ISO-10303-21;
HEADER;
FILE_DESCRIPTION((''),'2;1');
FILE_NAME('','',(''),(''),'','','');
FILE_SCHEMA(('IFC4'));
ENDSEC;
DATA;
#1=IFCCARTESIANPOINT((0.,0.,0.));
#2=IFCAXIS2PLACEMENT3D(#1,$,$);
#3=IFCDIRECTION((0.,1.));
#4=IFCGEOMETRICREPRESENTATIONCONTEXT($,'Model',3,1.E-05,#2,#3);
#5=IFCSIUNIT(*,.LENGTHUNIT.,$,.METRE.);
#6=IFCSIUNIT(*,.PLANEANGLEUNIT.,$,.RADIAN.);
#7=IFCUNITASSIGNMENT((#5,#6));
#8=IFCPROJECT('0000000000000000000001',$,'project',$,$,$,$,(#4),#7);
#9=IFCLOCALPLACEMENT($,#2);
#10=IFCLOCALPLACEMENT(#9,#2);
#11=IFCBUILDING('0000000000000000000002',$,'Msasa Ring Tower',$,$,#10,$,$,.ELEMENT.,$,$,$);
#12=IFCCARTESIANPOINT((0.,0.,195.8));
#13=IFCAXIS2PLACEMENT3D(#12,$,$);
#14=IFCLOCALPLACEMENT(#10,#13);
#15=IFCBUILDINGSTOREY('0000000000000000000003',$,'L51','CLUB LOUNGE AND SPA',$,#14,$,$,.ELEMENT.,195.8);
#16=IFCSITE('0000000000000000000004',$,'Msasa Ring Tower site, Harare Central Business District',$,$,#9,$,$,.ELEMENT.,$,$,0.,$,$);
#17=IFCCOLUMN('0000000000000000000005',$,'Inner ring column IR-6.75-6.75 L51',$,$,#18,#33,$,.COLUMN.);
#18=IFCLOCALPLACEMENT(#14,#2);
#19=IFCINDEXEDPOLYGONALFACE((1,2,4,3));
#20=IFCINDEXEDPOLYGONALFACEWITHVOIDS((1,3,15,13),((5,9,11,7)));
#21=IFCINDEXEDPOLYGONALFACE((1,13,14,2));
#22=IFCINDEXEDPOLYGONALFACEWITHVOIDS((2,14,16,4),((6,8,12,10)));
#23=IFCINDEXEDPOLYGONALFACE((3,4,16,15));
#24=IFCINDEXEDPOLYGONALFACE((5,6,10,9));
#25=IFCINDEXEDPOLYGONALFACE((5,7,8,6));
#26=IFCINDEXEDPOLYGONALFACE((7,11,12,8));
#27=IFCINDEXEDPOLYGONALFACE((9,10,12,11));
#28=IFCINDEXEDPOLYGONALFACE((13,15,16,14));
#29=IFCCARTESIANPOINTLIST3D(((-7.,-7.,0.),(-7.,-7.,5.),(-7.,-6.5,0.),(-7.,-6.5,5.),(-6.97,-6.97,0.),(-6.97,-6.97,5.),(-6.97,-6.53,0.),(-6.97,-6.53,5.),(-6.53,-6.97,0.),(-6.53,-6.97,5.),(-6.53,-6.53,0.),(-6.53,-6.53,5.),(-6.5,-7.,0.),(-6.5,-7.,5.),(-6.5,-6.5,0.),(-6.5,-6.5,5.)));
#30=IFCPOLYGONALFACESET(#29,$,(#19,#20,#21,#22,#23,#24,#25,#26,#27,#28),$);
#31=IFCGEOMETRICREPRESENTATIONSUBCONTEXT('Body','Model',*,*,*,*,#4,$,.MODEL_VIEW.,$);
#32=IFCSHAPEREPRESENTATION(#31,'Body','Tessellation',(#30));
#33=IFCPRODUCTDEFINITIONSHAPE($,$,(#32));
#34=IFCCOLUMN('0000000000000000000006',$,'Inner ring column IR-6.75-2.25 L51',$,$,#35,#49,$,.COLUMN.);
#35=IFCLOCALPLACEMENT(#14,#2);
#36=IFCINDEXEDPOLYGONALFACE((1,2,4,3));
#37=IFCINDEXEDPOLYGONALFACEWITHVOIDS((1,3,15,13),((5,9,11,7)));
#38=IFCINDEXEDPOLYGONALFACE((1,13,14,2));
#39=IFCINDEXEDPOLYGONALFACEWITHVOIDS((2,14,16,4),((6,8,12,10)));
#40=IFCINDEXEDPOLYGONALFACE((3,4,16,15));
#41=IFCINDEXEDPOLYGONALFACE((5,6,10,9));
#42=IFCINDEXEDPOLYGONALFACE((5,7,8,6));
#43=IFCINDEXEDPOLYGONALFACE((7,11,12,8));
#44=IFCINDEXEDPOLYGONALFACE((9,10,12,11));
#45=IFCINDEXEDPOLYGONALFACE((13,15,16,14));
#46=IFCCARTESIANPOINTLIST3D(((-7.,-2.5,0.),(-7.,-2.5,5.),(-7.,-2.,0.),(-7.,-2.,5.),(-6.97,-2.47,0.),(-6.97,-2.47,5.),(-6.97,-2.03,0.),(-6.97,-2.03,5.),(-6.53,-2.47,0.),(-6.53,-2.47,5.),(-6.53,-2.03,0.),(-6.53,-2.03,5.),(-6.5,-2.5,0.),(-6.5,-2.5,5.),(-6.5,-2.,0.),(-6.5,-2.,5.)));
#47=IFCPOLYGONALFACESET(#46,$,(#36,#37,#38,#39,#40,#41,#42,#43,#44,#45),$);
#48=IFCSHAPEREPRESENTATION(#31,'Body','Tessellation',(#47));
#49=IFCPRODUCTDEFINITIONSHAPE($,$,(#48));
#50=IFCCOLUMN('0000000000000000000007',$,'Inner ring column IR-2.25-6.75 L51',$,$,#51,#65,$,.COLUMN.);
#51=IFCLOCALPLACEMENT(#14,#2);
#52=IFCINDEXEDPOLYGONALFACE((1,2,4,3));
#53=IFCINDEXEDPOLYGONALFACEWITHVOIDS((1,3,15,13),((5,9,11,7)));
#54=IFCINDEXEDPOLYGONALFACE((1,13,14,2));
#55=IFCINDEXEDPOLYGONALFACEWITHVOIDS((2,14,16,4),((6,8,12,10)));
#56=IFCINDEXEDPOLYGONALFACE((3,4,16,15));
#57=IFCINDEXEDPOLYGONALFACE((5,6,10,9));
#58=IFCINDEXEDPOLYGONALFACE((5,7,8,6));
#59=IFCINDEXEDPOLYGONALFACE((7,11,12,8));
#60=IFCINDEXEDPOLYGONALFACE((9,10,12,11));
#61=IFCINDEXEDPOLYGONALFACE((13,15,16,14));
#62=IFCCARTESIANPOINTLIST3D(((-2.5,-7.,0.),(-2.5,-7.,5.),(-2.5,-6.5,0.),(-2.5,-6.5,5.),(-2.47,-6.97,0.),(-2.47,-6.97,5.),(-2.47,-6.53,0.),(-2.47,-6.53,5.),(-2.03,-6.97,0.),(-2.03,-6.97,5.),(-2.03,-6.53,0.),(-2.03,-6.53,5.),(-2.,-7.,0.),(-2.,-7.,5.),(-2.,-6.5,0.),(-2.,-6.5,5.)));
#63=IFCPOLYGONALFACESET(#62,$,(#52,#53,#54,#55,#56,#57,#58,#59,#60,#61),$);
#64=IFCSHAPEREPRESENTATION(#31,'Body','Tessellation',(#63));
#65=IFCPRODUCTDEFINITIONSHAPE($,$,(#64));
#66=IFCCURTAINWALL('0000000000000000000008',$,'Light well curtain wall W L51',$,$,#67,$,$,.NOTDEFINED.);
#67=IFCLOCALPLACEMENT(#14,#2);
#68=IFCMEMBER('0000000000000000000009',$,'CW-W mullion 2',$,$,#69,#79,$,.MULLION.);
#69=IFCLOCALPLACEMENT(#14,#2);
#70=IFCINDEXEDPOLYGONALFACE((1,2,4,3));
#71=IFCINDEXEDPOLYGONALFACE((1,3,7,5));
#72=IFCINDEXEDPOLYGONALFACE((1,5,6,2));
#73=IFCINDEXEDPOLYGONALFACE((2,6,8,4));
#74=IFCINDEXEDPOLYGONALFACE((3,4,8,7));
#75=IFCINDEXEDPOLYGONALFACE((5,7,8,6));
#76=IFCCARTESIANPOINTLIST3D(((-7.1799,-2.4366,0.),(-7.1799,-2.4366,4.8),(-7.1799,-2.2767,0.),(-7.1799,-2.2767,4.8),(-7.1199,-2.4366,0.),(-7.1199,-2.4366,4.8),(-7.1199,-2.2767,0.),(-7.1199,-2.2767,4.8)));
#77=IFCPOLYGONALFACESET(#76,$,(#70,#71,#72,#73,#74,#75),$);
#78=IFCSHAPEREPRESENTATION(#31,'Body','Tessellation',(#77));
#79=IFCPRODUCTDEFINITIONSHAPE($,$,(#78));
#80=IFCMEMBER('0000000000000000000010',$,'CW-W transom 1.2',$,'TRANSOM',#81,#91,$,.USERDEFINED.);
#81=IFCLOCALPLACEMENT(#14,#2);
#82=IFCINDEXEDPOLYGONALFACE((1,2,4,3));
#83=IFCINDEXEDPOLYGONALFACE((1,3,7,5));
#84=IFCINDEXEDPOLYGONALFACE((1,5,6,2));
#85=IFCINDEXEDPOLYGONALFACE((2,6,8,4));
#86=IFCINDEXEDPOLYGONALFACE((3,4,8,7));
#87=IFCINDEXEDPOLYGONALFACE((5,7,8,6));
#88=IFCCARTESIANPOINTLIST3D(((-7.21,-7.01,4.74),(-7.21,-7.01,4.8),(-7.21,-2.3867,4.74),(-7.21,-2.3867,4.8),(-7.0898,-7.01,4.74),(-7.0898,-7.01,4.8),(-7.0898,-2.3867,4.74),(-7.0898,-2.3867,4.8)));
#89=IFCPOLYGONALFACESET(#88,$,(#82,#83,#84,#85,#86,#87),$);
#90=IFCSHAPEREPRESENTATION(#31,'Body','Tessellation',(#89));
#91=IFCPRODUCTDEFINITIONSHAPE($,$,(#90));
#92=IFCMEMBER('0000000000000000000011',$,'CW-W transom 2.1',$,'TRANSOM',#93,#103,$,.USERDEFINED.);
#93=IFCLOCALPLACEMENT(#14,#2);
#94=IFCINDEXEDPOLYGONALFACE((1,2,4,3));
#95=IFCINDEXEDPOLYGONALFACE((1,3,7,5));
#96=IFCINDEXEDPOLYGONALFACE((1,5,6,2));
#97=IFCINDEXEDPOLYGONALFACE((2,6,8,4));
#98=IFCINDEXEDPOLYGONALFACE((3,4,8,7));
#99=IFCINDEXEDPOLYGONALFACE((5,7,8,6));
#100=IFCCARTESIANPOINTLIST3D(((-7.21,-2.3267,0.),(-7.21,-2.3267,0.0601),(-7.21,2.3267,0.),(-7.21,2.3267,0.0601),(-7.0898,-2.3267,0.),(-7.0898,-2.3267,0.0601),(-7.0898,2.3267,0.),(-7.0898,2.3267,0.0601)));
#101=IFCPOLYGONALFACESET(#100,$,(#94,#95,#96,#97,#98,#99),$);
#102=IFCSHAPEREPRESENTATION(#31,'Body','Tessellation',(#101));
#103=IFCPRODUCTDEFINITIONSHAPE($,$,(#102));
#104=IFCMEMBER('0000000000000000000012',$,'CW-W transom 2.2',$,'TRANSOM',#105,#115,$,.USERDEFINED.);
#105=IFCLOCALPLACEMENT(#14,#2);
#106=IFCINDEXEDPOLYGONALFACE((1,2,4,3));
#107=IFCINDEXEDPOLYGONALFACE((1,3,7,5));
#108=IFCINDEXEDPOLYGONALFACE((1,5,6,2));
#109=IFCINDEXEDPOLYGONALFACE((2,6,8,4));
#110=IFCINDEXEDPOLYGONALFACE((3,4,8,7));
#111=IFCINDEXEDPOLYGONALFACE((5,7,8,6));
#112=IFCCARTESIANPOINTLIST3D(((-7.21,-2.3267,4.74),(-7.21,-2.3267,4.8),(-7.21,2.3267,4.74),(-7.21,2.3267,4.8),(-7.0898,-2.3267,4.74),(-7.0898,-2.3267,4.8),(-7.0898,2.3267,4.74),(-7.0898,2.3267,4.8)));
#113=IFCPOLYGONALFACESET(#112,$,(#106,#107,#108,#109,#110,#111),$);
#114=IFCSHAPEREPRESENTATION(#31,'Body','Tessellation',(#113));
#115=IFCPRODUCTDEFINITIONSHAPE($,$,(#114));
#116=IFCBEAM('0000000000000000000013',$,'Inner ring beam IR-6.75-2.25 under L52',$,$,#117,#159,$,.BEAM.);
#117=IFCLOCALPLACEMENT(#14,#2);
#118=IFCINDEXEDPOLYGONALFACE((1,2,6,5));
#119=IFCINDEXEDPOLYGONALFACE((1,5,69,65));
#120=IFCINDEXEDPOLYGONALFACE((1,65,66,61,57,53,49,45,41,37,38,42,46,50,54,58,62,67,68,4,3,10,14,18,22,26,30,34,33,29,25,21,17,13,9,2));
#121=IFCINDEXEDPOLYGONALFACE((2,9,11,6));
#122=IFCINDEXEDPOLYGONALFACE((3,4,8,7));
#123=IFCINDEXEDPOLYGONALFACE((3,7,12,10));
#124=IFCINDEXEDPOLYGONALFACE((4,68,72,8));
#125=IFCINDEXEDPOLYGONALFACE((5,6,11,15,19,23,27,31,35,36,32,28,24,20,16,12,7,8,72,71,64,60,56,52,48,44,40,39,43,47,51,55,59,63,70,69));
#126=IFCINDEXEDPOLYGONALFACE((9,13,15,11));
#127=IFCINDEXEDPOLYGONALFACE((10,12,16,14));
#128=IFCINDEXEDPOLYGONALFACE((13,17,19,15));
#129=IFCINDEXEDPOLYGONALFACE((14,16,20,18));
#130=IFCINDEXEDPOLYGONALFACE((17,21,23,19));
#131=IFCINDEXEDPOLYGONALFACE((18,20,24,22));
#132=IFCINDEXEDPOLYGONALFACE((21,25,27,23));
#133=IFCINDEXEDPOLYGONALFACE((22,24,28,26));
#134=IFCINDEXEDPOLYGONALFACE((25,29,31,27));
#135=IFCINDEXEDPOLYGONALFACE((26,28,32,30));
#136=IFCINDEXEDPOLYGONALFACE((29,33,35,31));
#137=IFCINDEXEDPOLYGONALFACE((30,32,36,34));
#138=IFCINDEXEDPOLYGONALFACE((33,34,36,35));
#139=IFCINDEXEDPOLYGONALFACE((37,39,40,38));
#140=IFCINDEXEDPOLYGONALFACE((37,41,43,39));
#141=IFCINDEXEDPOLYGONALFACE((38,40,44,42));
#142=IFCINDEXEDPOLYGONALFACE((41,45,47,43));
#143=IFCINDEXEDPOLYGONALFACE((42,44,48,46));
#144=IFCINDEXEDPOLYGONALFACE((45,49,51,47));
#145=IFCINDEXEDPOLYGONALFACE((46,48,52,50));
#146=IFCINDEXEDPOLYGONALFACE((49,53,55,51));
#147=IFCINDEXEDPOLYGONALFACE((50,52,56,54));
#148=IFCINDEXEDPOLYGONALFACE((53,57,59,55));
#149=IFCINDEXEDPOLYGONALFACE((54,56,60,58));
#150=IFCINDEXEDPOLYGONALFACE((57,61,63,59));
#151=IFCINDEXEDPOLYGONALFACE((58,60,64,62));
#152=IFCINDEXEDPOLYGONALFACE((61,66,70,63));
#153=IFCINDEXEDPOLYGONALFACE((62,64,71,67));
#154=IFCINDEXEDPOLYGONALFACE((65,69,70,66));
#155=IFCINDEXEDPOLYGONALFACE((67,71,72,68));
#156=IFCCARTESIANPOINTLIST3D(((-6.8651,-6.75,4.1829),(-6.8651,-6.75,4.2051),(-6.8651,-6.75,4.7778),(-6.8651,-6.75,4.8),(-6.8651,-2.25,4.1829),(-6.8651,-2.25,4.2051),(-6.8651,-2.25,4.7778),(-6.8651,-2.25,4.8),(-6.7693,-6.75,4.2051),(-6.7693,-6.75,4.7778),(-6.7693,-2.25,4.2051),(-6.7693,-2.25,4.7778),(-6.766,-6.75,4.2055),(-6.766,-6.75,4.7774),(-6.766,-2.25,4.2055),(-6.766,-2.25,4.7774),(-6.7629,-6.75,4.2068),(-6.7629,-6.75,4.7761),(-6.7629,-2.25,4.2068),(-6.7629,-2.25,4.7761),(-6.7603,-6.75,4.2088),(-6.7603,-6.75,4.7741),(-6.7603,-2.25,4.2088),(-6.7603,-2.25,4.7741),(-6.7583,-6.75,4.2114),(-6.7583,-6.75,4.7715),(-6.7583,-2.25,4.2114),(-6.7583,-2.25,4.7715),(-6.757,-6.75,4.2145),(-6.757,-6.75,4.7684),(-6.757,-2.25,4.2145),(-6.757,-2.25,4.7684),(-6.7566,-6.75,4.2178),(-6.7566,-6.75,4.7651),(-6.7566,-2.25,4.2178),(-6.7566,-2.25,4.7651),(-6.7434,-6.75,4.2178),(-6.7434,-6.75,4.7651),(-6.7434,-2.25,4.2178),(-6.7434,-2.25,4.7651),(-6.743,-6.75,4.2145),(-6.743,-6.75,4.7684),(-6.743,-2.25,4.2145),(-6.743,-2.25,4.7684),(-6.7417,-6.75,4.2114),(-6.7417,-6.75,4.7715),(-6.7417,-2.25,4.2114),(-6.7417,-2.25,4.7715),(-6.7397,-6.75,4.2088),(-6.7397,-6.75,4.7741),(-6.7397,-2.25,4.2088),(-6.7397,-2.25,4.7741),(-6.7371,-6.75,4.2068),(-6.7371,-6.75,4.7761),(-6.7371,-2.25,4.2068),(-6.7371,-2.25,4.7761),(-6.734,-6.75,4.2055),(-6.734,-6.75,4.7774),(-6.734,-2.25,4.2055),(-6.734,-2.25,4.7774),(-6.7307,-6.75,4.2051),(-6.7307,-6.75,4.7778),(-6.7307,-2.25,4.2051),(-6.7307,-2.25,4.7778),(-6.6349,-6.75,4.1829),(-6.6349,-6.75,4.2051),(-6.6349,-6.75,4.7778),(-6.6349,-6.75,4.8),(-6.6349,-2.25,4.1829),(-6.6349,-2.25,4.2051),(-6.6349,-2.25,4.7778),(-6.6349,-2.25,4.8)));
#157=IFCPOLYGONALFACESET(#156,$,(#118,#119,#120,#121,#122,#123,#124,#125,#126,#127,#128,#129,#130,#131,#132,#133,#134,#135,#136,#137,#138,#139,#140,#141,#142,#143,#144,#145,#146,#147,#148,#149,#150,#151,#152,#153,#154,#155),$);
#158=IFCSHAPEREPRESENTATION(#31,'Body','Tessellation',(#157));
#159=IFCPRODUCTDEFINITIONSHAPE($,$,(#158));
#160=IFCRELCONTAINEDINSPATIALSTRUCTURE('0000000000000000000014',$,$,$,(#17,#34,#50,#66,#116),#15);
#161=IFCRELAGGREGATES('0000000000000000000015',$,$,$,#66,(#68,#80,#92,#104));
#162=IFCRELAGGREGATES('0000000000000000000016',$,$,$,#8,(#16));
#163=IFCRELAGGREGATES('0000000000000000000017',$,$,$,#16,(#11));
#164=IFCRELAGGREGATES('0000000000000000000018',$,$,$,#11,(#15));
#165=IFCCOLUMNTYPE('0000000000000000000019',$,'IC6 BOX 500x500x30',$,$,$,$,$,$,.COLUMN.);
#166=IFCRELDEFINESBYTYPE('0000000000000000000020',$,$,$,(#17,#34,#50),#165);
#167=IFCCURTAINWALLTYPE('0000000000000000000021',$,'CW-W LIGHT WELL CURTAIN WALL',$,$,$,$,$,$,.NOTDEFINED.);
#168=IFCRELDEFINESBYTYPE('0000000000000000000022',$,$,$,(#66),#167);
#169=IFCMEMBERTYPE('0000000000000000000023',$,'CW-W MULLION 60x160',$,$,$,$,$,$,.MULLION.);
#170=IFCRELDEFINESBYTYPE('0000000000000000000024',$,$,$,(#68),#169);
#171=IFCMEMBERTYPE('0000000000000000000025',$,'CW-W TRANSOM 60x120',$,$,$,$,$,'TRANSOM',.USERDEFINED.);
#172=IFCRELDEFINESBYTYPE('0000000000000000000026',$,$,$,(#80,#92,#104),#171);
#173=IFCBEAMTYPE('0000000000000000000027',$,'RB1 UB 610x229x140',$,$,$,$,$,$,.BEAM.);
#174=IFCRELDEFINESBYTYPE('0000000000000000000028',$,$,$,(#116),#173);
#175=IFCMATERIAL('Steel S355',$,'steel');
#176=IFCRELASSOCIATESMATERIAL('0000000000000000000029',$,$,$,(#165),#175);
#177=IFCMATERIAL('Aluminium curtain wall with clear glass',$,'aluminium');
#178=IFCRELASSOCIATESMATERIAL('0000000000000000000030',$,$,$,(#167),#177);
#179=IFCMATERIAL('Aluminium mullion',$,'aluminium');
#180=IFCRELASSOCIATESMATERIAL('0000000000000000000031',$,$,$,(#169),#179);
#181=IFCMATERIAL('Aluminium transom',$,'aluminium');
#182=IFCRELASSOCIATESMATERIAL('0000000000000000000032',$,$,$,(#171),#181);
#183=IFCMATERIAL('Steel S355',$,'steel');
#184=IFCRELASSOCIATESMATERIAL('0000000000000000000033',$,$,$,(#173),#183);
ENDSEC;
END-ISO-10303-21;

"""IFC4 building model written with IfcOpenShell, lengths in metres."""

from ifc_helpers import new_model, si_unit, direction, frame, origin, origin_2d, place, context, subcontext, project, spatial, rectangle, hollow_rectangle, i_section, extrude, material, material_profile, profile_set, type_object, element, aggregate, save


model = new_model("IFC4")

# Units and contexts
model_context = context("Model", 3, precision=1e-05, world=origin(), true_north=direction((0.0, 1.0)))
body_context = subcontext(model_context, "Body", "Model", "MODEL_VIEW")
ifc_project = project(units=[si_unit("LENGTHUNIT", "METRE"), si_unit("PLANEANGLEUNIT", "RADIAN")], contexts=[model_context])

# Site, building, storey
site_placement = place(None, origin())
site = spatial("IfcSite", under=ifc_project, at=site_placement, Name="Msasa Ring Tower site, Harare Central Business District", CompositionType="ELEMENT", RefElevation=0.0)
building_placement = place(site_placement, origin())
building = spatial("IfcBuilding", under=site, at=building_placement, Name="Msasa Ring Tower", CompositionType="ELEMENT")
storey_placement = place(building_placement, frame((0.0, 0.0, 195.8)))
storey = spatial("IfcBuildingStorey", under=building, at=storey_placement, Name="L51", Description="CLUB LOUNGE AND SPA", CompositionType="ELEMENT", Elevation=195.8)

# Columns
ifc_material_1 = material(Name="Steel S355", Category="steel")
ifc_material_profile_1 = material_profile(ifc_material_1, hollow_rectangle(XDim=0.5, YDim=0.5, WallThickness=0.03, at=origin_2d()), Name="BOX 500x500x30")
ifc_profile_set_1 = profile_set([ifc_material_profile_1], Name="Steel S355")
column_type = type_object("IfcColumnType", Name="IC6 BOX 500x500x30", PredefinedType="COLUMN", material=ifc_profile_set_1)
for number, where, z_axis, x_axis, name in (
    (1, (-6.75, -6.75, 0.0), (0.0, 0.0, 1.0), (1.0, 0.0, 0.0), "Inner ring column IR-6.75-6.75 L51"),
    (2, (-6.75, -2.25, 0.0), (0.0, 0.0, 1.0), (1.0, 0.0, 0.0), "Inner ring column IR-6.75-2.25 L51"),
    (3, (-2.25, -6.75, 0.0), (0.0, 0.0, 1.0), (1.0, 0.0, 0.0), "Inner ring column IR-2.25-6.75 L51"),
):
    element("IfcColumn", number, at=place(storey_placement, frame(where, z_axis=z_axis, x_axis=x_axis)), inside=storey, type_object=column_type, Name=name, PredefinedType="COLUMN", context=body_context, shape_type="SweptSolid", body=[
        extrude(hollow_rectangle(XDim=0.5, YDim=0.5, WallThickness=0.03, at=origin_2d()), origin(), (0.0, 0.0, 1.0), 5.0),
    ])

# Curtain wall, members
ifc_material_2 = material(Name="Aluminium curtain wall with clear glass", Category="aluminium")
curtain_wall_type = type_object("IfcCurtainWallType", Name="CW-W LIGHT WELL CURTAIN WALL", PredefinedType="NOTDEFINED", material=ifc_material_2)
curtain_wall_placement = place(storey_placement, origin())
curtain_wall = element("IfcCurtainWall", 4, at=curtain_wall_placement, inside=storey, type_object=curtain_wall_type, Name="Light well curtain wall W L51", PredefinedType="NOTDEFINED")
ifc_material_3 = material(Name="Aluminium mullion", Category="aluminium")
ifc_material_profile_2 = material_profile(ifc_material_3, rectangle(XDim=0.0601, YDim=0.1599, at=origin_2d()), Name="AL 60x160")
ifc_profile_set_2 = profile_set([ifc_material_profile_2], Name="Aluminium mullion")
member_type_1 = type_object("IfcMemberType", Name="CW-W MULLION 60x160", PredefinedType="MULLION", material=ifc_profile_set_2)
member_1_placement = place(storey_placement, frame((-7.1499, -2.3567, 0.0), z_axis=(0.0, 0.0, 1.0), x_axis=(-1.0, 0.0, 0.0)))
member_1 = element("IfcMember", 5, at=member_1_placement, type_object=member_type_1, Name="CW-W mullion 2", PredefinedType="MULLION", context=body_context, shape_type="SweptSolid", body=[
    extrude(rectangle(XDim=0.0601, YDim=0.1599, at=origin_2d()), origin(), (0.0, 0.0, 1.0), 4.8),
])
ifc_material_4 = material(Name="Aluminium transom", Category="aluminium")
ifc_material_profile_3 = material_profile(ifc_material_4, rectangle(XDim=0.1201, YDim=0.0601, at=origin_2d()), Name="AL 60x120")
ifc_profile_set_3 = profile_set([ifc_material_profile_3], Name="Aluminium transom")
member_type_2 = type_object("IfcMemberType", Name="CW-W TRANSOM 60x120", ElementType="TRANSOM", PredefinedType="USERDEFINED", material=ifc_profile_set_3)
member_2_placement = place(storey_placement, frame((-7.1499, -7.01, 4.77), z_axis=(0.0, 1.0, 0.0), x_axis=(-1.0, 0.0, 0.0)))
member_2 = element("IfcMember", 6, at=member_2_placement, type_object=member_type_2, Name="CW-W transom 1.2", ObjectType="TRANSOM", PredefinedType="USERDEFINED", context=body_context, shape_type="SweptSolid", body=[
    extrude(rectangle(XDim=0.1201, YDim=0.0601, at=origin_2d()), origin(), (0.0, 0.0, 1.0), 4.6233),
])
member_3_placement = place(storey_placement, frame((-7.1499, -2.3267, 0.03), z_axis=(0.0, 1.0, 0.0), x_axis=(-1.0, 0.0, 0.0)))
member_3 = element("IfcMember", 7, at=member_3_placement, type_object=member_type_2, Name="CW-W transom 2.1", ObjectType="TRANSOM", PredefinedType="USERDEFINED", context=body_context, shape_type="SweptSolid", body=[
    extrude(rectangle(XDim=0.1201, YDim=0.0601, at=origin_2d()), origin(), (0.0, 0.0, 1.0), 4.6533),
])
member_4_placement = place(storey_placement, frame((-7.1499, -2.3267, 4.77), z_axis=(0.0, 1.0, 0.0), x_axis=(-1.0, 0.0, 0.0)))
member_4 = element("IfcMember", 8, at=member_4_placement, type_object=member_type_2, Name="CW-W transom 2.2", ObjectType="TRANSOM", PredefinedType="USERDEFINED", context=body_context, shape_type="SweptSolid", body=[
    extrude(rectangle(XDim=0.1201, YDim=0.0601, at=origin_2d()), origin(), (0.0, 0.0, 1.0), 4.6533),
])

# Beam
ifc_material_5 = material(Name="Steel S355", Category="steel")
ifc_material_profile_4 = material_profile(ifc_material_5, i_section(OverallWidth=0.2302, OverallDepth=0.6172, WebThickness=0.0132, FlangeThickness=0.0222, FilletRadius=0.0127, at=origin_2d()), Name="UB 610x229x140")
ifc_profile_set_4 = profile_set([ifc_material_profile_4], Name="Steel S355")
beam_type = type_object("IfcBeamType", Name="RB1 UB 610x229x140", PredefinedType="BEAM", material=ifc_profile_set_4)
for number, where, z_axis, x_axis, name in (
    (9, (-6.75, -2.25, 4.4915), (0.0, -1.0, 0.0), (1.0, 0.0, 0.0), "Inner ring beam IR-6.75-2.25 under L52"),
):
    element("IfcBeam", number, at=place(storey_placement, frame(where, z_axis=z_axis, x_axis=x_axis)), inside=storey, type_object=beam_type, Name=name, PredefinedType="BEAM", context=body_context, shape_type="SweptSolid", body=[
        extrude(i_section(OverallWidth=0.2302, OverallDepth=0.6172, WebThickness=0.0132, FlangeThickness=0.0222, FilletRadius=0.0127, at=origin_2d()), origin(), (0.0, 0.0, 1.0), 4.5),
    ])

aggregate(curtain_wall, [member_1, member_2, member_3, member_4])

save(model, "model.ifc")
